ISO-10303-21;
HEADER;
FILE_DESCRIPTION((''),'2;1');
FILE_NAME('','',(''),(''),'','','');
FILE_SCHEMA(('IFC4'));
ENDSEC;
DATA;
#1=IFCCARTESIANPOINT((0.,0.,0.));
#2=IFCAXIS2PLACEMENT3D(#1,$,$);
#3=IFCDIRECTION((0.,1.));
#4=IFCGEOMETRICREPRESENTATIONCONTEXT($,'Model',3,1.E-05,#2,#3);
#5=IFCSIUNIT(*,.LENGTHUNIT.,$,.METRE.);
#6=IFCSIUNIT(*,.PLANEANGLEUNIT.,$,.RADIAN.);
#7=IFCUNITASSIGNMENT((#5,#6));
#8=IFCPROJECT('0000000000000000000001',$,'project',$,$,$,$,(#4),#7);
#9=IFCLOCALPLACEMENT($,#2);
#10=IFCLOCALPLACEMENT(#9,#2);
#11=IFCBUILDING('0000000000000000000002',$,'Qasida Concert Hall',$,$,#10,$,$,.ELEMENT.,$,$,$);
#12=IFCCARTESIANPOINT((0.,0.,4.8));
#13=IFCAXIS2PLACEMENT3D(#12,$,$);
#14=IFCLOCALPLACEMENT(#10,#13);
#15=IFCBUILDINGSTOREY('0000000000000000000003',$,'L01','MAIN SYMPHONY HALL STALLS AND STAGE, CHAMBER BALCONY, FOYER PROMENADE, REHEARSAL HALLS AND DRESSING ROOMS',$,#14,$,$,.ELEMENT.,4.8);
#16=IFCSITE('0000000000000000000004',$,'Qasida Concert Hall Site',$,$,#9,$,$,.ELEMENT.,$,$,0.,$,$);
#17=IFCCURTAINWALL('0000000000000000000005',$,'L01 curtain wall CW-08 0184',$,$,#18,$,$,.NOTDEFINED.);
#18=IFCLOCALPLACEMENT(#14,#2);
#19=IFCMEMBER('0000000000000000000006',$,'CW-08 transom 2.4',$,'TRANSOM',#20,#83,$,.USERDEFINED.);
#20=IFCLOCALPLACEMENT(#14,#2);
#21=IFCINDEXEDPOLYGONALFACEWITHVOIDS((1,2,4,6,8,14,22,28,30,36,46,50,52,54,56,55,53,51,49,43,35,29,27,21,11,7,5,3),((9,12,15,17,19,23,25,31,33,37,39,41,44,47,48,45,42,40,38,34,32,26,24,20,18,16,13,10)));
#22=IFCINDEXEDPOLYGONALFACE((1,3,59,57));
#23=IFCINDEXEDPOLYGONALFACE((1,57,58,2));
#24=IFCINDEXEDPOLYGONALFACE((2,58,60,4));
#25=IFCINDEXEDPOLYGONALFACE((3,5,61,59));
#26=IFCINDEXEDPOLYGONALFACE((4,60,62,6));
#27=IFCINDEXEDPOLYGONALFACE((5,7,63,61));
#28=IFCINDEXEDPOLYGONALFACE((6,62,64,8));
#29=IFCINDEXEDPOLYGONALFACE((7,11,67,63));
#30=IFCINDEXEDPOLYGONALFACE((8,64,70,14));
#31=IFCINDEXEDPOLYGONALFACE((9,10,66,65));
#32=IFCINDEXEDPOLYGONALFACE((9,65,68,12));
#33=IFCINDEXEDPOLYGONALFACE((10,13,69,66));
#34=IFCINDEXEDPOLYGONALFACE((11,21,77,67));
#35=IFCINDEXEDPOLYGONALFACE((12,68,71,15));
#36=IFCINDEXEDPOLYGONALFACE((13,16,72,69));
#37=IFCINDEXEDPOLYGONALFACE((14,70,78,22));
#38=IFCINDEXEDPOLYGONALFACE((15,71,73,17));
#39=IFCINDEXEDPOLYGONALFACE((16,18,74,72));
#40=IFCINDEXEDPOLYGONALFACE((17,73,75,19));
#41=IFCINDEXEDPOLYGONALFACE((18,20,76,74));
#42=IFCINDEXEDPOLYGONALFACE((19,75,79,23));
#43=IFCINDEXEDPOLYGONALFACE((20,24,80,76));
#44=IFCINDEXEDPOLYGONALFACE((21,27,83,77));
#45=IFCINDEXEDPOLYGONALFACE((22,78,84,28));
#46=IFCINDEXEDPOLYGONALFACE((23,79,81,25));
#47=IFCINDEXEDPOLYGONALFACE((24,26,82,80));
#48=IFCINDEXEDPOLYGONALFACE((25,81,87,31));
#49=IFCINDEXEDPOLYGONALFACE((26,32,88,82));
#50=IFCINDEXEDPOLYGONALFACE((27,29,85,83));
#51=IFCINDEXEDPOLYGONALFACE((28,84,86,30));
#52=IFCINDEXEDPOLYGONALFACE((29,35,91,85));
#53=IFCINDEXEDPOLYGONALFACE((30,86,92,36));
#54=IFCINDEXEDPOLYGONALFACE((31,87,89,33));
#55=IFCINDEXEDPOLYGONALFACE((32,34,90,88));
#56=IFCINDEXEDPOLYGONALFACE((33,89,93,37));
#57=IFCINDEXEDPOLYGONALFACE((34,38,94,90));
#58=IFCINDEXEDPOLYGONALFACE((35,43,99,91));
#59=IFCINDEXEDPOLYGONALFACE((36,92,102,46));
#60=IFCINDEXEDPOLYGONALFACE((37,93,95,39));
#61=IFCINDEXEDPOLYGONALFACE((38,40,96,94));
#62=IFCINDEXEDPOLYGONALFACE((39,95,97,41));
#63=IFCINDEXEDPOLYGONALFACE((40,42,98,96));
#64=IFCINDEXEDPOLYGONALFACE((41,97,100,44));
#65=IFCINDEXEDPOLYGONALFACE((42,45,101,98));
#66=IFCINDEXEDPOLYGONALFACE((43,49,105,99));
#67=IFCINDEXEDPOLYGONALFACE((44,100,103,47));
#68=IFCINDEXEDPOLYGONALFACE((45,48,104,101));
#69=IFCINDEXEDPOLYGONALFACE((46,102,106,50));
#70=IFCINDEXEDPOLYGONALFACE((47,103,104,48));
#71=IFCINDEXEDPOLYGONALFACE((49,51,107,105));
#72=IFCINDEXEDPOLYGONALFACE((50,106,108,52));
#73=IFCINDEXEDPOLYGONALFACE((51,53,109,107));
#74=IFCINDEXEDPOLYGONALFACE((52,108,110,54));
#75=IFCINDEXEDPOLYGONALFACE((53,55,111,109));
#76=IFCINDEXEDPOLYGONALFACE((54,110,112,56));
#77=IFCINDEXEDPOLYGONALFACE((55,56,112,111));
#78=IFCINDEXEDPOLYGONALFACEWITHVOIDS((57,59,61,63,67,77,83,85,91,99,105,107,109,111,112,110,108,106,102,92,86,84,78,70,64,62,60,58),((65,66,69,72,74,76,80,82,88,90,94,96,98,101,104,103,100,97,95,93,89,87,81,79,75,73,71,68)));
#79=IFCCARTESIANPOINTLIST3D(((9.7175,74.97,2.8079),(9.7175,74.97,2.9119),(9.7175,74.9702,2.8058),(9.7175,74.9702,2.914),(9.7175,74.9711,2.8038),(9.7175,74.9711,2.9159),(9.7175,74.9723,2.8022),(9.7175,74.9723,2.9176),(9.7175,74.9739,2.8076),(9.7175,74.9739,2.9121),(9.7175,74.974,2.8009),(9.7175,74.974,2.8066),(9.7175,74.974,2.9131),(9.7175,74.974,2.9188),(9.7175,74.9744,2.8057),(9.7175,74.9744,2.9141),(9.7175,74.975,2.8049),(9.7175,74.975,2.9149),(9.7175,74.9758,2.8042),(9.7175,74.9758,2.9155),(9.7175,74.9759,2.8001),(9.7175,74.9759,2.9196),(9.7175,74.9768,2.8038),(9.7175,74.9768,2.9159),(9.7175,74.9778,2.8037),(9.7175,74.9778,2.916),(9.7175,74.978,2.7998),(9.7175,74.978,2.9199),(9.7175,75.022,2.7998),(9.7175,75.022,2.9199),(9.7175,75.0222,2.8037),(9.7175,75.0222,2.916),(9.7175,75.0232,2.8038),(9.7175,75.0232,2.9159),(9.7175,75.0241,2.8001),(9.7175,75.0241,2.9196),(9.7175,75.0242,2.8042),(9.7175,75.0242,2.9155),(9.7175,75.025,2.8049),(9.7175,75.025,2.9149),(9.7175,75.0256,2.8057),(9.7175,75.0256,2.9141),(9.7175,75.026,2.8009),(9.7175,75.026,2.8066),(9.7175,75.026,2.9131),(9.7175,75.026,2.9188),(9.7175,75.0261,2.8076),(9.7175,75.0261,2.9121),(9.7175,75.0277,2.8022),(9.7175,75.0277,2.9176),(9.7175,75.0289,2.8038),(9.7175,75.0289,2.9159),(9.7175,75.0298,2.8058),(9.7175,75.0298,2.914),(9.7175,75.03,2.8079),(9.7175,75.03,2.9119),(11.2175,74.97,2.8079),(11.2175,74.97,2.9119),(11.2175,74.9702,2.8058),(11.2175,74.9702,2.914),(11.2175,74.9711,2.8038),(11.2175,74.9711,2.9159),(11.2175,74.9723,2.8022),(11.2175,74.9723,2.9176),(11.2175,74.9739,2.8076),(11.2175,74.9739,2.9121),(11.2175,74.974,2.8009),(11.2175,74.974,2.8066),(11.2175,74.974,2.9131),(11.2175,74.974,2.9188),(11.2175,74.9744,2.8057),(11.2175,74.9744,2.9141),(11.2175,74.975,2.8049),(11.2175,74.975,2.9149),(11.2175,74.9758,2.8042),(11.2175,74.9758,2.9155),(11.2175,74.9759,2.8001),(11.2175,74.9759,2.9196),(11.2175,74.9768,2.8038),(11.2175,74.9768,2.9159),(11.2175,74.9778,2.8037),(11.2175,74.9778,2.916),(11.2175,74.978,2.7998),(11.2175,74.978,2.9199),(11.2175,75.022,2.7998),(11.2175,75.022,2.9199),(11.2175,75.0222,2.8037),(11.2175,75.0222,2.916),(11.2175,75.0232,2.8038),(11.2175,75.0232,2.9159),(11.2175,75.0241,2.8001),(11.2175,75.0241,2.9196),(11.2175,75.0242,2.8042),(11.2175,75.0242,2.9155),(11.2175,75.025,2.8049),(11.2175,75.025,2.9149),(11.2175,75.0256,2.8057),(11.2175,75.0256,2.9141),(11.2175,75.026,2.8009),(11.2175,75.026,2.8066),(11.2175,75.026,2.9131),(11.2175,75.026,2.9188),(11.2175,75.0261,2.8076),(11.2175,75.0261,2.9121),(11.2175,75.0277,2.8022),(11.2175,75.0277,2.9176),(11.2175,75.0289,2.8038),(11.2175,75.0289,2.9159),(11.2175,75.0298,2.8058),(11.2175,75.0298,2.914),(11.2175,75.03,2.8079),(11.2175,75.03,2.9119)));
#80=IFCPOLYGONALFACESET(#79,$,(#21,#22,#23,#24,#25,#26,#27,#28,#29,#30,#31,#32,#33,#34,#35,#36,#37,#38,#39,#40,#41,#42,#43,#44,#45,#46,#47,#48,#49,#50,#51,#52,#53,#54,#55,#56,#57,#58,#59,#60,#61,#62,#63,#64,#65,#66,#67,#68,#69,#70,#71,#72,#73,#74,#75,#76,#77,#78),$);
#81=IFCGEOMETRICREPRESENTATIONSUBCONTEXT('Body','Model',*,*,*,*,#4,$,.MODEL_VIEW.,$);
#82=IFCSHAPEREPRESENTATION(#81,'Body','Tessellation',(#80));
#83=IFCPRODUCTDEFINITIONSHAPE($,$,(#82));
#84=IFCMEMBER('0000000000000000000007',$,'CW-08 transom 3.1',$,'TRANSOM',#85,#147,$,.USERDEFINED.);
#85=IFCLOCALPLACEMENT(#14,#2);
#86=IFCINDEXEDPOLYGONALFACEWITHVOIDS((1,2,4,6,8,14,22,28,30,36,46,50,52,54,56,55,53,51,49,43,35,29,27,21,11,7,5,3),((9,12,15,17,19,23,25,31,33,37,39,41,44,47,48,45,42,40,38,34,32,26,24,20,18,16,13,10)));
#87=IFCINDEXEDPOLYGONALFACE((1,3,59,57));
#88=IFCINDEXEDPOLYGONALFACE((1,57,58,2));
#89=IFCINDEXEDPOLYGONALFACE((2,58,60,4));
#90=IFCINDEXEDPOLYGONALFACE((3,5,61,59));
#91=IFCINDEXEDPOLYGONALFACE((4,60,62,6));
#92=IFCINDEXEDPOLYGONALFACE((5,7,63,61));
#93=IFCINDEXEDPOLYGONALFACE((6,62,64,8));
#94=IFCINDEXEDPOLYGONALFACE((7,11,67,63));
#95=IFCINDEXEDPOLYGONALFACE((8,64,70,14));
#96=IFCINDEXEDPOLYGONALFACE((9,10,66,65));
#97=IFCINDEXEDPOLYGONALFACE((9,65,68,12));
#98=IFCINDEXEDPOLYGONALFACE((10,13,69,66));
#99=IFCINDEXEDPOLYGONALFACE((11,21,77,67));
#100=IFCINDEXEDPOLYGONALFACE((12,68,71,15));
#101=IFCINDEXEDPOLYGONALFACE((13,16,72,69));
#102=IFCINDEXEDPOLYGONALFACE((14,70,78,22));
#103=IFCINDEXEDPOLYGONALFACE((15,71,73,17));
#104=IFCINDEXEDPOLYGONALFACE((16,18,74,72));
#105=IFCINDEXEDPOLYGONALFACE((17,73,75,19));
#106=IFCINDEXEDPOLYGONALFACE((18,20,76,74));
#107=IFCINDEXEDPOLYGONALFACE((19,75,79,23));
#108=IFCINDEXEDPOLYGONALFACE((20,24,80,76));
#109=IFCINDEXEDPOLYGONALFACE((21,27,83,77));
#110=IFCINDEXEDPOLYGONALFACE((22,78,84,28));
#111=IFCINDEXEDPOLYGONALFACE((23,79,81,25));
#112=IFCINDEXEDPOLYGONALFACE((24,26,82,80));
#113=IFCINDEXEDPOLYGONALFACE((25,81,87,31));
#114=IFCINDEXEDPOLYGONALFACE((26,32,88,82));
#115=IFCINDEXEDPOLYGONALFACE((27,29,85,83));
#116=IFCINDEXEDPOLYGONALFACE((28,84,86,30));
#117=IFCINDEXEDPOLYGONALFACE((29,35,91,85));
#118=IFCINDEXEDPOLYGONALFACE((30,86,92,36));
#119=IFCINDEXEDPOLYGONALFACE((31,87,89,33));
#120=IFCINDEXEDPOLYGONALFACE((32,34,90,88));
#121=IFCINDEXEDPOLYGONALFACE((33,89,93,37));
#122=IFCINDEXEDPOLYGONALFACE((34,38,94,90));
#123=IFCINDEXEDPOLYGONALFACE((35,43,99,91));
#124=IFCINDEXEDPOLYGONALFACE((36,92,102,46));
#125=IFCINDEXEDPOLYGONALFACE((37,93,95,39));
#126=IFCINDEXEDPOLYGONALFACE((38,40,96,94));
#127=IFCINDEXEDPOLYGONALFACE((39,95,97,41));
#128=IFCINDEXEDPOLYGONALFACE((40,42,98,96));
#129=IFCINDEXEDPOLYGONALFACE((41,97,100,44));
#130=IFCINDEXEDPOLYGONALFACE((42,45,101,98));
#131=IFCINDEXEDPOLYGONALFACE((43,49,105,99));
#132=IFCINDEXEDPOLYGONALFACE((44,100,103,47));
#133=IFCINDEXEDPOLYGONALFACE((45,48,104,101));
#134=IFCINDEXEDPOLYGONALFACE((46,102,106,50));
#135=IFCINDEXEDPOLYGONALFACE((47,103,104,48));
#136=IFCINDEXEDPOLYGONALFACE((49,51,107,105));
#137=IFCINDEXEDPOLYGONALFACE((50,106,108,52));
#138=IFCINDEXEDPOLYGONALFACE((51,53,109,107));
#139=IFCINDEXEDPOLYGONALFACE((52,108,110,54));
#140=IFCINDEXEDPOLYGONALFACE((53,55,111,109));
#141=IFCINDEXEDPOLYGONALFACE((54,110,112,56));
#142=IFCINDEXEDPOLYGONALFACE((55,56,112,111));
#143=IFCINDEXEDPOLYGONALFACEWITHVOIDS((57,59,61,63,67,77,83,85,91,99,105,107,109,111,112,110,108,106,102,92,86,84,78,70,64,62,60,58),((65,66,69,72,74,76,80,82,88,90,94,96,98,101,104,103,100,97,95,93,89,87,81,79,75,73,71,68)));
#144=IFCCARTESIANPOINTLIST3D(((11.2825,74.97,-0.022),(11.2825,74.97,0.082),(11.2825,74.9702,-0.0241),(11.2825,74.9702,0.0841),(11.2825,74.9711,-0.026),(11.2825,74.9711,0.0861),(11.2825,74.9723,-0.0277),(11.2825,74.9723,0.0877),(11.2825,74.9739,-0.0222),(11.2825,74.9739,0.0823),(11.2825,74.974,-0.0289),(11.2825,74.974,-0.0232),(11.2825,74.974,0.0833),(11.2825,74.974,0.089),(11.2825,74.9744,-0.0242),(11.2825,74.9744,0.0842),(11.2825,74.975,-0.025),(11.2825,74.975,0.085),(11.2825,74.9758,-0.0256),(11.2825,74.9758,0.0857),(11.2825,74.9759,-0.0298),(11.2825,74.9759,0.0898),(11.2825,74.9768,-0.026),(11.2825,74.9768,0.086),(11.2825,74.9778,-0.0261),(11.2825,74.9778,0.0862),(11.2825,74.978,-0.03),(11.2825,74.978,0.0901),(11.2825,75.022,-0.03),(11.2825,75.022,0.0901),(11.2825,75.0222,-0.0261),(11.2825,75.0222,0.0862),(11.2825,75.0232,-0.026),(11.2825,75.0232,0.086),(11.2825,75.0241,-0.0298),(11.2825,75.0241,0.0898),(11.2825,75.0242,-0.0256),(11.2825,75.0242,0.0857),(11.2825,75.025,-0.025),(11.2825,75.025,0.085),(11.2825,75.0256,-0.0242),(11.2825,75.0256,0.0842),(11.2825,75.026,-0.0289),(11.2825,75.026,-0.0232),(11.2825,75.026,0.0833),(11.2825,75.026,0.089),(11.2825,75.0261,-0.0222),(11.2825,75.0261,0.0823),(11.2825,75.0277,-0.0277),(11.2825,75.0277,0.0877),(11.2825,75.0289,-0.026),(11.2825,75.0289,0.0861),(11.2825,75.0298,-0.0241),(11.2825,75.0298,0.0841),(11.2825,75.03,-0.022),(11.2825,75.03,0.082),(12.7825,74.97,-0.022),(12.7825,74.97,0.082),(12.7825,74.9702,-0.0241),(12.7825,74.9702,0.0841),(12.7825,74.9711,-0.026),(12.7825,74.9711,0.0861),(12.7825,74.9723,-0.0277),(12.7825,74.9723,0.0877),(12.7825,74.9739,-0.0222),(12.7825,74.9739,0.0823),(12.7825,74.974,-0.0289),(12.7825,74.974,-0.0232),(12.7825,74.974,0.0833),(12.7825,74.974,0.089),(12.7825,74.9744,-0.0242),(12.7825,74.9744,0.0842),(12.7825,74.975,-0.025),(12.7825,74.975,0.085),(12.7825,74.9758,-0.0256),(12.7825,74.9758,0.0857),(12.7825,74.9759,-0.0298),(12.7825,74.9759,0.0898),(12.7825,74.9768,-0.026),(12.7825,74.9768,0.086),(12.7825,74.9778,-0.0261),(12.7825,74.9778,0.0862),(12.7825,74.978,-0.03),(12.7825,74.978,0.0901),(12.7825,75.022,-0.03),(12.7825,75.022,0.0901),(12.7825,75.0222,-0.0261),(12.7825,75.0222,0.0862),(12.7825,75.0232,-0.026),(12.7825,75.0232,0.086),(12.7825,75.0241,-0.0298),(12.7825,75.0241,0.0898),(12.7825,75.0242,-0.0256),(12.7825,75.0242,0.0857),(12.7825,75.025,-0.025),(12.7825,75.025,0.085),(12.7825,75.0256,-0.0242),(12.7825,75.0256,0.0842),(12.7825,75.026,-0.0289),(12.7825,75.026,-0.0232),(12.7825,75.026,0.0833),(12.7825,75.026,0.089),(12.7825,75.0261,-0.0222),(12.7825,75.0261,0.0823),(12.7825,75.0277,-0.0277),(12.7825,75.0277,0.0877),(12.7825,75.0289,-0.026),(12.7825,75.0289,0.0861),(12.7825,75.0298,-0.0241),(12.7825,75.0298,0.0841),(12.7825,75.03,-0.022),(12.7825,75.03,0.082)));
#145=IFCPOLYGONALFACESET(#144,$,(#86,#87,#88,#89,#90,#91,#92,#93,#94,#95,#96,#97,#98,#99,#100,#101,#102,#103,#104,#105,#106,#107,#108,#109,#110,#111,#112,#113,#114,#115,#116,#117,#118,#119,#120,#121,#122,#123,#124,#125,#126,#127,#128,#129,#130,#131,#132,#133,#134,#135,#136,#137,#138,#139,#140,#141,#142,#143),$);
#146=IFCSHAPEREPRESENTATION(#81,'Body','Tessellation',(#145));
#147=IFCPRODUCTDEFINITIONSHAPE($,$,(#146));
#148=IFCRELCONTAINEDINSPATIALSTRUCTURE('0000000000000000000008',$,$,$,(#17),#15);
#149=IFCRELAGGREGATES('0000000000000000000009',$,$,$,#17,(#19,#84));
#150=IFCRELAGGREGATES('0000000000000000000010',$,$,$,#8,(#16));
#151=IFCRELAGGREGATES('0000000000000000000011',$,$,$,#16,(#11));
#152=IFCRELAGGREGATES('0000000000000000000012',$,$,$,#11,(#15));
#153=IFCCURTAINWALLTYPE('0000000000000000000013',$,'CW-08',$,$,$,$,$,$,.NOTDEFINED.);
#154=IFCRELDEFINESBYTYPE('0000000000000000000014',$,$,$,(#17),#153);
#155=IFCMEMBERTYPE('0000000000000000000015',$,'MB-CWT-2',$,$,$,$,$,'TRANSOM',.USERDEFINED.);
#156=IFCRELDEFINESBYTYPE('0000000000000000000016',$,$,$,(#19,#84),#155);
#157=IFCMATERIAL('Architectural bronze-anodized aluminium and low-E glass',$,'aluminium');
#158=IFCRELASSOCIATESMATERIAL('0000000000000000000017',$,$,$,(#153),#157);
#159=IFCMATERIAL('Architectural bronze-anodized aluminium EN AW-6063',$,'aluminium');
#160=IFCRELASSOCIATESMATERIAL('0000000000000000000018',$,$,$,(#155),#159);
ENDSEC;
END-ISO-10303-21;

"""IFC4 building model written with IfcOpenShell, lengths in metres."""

from ifc_helpers import new_model, si_unit, direction, frame, origin, origin_2d, place, context, subcontext, project, spatial, hollow_rectangle, extrude, material, material_profile, profile_set, type_object, element, aggregate, save


model = new_model("IFC4")

# Units and contexts
model_context = context("Model", 3, precision=1e-05, world=origin(), true_north=direction((0.0, 1.0)))
body_context = subcontext(model_context, "Body", "Model", "MODEL_VIEW")
ifc_project = project(units=[si_unit("LENGTHUNIT", "METRE"), si_unit("PLANEANGLEUNIT", "RADIAN")], contexts=[model_context])

# Site, building, storey
site_placement = place(None, origin())
site = spatial("IfcSite", under=ifc_project, at=site_placement, Name="Qasida Concert Hall Site", CompositionType="ELEMENT", RefElevation=0.0)
building_placement = place(site_placement, origin())
building = spatial("IfcBuilding", under=site, at=building_placement, Name="Qasida Concert Hall", CompositionType="ELEMENT")
storey_placement = place(building_placement, frame((0.0, 0.0, 4.8)))
storey = spatial("IfcBuildingStorey", under=building, at=storey_placement, Name="L01", Description="MAIN SYMPHONY HALL STALLS AND STAGE, CHAMBER BALCONY, FOYER PROMENADE, REHEARSAL HALLS AND DRESSING ROOMS", CompositionType="ELEMENT", Elevation=4.8)

# Curtain wall, members
ifc_material_1 = material(Name="Architectural bronze-anodized aluminium and low-E glass", Category="aluminium")
curtain_wall_type = type_object("IfcCurtainWallType", Name="CW-08", PredefinedType="NOTDEFINED", material=ifc_material_1)
curtain_wall_placement = place(storey_placement, origin())
curtain_wall = element("IfcCurtainWall", 1, at=curtain_wall_placement, inside=storey, type_object=curtain_wall_type, Name="L01 curtain wall CW-08 0184", PredefinedType="NOTDEFINED")
ifc_material_2 = material(Name="Architectural bronze-anodized aluminium EN AW-6063", Category="aluminium")
ifc_material_profile_1 = material_profile(ifc_material_2, hollow_rectangle(XDim=0.0601, YDim=0.1201, WallThickness=0.0039, InnerFilletRadius=0.0039, OuterFilletRadius=0.0081, at=origin_2d()), Name="CWT 120x60x4")
ifc_profile_set_1 = profile_set([ifc_material_profile_1], Name="Architectural bronze-anodized aluminium EN AW-6063")
member_type_1 = type_object("IfcMemberType", Name="MB-CWT-2", ElementType="TRANSOM", PredefinedType="USERDEFINED", material=ifc_profile_set_1)
member_1_placement = place(storey_placement, frame((9.7175, 75.0, 2.8599), z_axis=(1.0, 0.0, 0.0), x_axis=(0.0, 1.0, 0.0)))
member_1 = element("IfcMember", 2, at=member_1_placement, type_object=member_type_1, Name="CW-08 transom 2.4", ObjectType="TRANSOM", PredefinedType="USERDEFINED", context=body_context, shape_type="SweptSolid", body=[
    extrude(hollow_rectangle(XDim=0.0601, YDim=0.1201, WallThickness=0.0039, InnerFilletRadius=0.0039, OuterFilletRadius=0.0081, at=origin_2d()), origin(), (0.0, 0.0, 1.0), 1.5),
])
member_2_placement = place(storey_placement, frame((11.2825, 75.0, 0.03), z_axis=(1.0, 0.0, 0.0), x_axis=(0.0, 1.0, 0.0)))
member_2 = element("IfcMember", 3, at=member_2_placement, type_object=member_type_1, Name="CW-08 transom 3.1", ObjectType="TRANSOM", PredefinedType="USERDEFINED", context=body_context, shape_type="SweptSolid", body=[
    extrude(hollow_rectangle(XDim=0.0601, YDim=0.1201, WallThickness=0.0039, InnerFilletRadius=0.0039, OuterFilletRadius=0.0081, at=origin_2d()), origin(), (0.0, 0.0, 1.0), 1.5),
])
aggregate(curtain_wall, [member_1, member_2])

save(model, "model.ifc")
